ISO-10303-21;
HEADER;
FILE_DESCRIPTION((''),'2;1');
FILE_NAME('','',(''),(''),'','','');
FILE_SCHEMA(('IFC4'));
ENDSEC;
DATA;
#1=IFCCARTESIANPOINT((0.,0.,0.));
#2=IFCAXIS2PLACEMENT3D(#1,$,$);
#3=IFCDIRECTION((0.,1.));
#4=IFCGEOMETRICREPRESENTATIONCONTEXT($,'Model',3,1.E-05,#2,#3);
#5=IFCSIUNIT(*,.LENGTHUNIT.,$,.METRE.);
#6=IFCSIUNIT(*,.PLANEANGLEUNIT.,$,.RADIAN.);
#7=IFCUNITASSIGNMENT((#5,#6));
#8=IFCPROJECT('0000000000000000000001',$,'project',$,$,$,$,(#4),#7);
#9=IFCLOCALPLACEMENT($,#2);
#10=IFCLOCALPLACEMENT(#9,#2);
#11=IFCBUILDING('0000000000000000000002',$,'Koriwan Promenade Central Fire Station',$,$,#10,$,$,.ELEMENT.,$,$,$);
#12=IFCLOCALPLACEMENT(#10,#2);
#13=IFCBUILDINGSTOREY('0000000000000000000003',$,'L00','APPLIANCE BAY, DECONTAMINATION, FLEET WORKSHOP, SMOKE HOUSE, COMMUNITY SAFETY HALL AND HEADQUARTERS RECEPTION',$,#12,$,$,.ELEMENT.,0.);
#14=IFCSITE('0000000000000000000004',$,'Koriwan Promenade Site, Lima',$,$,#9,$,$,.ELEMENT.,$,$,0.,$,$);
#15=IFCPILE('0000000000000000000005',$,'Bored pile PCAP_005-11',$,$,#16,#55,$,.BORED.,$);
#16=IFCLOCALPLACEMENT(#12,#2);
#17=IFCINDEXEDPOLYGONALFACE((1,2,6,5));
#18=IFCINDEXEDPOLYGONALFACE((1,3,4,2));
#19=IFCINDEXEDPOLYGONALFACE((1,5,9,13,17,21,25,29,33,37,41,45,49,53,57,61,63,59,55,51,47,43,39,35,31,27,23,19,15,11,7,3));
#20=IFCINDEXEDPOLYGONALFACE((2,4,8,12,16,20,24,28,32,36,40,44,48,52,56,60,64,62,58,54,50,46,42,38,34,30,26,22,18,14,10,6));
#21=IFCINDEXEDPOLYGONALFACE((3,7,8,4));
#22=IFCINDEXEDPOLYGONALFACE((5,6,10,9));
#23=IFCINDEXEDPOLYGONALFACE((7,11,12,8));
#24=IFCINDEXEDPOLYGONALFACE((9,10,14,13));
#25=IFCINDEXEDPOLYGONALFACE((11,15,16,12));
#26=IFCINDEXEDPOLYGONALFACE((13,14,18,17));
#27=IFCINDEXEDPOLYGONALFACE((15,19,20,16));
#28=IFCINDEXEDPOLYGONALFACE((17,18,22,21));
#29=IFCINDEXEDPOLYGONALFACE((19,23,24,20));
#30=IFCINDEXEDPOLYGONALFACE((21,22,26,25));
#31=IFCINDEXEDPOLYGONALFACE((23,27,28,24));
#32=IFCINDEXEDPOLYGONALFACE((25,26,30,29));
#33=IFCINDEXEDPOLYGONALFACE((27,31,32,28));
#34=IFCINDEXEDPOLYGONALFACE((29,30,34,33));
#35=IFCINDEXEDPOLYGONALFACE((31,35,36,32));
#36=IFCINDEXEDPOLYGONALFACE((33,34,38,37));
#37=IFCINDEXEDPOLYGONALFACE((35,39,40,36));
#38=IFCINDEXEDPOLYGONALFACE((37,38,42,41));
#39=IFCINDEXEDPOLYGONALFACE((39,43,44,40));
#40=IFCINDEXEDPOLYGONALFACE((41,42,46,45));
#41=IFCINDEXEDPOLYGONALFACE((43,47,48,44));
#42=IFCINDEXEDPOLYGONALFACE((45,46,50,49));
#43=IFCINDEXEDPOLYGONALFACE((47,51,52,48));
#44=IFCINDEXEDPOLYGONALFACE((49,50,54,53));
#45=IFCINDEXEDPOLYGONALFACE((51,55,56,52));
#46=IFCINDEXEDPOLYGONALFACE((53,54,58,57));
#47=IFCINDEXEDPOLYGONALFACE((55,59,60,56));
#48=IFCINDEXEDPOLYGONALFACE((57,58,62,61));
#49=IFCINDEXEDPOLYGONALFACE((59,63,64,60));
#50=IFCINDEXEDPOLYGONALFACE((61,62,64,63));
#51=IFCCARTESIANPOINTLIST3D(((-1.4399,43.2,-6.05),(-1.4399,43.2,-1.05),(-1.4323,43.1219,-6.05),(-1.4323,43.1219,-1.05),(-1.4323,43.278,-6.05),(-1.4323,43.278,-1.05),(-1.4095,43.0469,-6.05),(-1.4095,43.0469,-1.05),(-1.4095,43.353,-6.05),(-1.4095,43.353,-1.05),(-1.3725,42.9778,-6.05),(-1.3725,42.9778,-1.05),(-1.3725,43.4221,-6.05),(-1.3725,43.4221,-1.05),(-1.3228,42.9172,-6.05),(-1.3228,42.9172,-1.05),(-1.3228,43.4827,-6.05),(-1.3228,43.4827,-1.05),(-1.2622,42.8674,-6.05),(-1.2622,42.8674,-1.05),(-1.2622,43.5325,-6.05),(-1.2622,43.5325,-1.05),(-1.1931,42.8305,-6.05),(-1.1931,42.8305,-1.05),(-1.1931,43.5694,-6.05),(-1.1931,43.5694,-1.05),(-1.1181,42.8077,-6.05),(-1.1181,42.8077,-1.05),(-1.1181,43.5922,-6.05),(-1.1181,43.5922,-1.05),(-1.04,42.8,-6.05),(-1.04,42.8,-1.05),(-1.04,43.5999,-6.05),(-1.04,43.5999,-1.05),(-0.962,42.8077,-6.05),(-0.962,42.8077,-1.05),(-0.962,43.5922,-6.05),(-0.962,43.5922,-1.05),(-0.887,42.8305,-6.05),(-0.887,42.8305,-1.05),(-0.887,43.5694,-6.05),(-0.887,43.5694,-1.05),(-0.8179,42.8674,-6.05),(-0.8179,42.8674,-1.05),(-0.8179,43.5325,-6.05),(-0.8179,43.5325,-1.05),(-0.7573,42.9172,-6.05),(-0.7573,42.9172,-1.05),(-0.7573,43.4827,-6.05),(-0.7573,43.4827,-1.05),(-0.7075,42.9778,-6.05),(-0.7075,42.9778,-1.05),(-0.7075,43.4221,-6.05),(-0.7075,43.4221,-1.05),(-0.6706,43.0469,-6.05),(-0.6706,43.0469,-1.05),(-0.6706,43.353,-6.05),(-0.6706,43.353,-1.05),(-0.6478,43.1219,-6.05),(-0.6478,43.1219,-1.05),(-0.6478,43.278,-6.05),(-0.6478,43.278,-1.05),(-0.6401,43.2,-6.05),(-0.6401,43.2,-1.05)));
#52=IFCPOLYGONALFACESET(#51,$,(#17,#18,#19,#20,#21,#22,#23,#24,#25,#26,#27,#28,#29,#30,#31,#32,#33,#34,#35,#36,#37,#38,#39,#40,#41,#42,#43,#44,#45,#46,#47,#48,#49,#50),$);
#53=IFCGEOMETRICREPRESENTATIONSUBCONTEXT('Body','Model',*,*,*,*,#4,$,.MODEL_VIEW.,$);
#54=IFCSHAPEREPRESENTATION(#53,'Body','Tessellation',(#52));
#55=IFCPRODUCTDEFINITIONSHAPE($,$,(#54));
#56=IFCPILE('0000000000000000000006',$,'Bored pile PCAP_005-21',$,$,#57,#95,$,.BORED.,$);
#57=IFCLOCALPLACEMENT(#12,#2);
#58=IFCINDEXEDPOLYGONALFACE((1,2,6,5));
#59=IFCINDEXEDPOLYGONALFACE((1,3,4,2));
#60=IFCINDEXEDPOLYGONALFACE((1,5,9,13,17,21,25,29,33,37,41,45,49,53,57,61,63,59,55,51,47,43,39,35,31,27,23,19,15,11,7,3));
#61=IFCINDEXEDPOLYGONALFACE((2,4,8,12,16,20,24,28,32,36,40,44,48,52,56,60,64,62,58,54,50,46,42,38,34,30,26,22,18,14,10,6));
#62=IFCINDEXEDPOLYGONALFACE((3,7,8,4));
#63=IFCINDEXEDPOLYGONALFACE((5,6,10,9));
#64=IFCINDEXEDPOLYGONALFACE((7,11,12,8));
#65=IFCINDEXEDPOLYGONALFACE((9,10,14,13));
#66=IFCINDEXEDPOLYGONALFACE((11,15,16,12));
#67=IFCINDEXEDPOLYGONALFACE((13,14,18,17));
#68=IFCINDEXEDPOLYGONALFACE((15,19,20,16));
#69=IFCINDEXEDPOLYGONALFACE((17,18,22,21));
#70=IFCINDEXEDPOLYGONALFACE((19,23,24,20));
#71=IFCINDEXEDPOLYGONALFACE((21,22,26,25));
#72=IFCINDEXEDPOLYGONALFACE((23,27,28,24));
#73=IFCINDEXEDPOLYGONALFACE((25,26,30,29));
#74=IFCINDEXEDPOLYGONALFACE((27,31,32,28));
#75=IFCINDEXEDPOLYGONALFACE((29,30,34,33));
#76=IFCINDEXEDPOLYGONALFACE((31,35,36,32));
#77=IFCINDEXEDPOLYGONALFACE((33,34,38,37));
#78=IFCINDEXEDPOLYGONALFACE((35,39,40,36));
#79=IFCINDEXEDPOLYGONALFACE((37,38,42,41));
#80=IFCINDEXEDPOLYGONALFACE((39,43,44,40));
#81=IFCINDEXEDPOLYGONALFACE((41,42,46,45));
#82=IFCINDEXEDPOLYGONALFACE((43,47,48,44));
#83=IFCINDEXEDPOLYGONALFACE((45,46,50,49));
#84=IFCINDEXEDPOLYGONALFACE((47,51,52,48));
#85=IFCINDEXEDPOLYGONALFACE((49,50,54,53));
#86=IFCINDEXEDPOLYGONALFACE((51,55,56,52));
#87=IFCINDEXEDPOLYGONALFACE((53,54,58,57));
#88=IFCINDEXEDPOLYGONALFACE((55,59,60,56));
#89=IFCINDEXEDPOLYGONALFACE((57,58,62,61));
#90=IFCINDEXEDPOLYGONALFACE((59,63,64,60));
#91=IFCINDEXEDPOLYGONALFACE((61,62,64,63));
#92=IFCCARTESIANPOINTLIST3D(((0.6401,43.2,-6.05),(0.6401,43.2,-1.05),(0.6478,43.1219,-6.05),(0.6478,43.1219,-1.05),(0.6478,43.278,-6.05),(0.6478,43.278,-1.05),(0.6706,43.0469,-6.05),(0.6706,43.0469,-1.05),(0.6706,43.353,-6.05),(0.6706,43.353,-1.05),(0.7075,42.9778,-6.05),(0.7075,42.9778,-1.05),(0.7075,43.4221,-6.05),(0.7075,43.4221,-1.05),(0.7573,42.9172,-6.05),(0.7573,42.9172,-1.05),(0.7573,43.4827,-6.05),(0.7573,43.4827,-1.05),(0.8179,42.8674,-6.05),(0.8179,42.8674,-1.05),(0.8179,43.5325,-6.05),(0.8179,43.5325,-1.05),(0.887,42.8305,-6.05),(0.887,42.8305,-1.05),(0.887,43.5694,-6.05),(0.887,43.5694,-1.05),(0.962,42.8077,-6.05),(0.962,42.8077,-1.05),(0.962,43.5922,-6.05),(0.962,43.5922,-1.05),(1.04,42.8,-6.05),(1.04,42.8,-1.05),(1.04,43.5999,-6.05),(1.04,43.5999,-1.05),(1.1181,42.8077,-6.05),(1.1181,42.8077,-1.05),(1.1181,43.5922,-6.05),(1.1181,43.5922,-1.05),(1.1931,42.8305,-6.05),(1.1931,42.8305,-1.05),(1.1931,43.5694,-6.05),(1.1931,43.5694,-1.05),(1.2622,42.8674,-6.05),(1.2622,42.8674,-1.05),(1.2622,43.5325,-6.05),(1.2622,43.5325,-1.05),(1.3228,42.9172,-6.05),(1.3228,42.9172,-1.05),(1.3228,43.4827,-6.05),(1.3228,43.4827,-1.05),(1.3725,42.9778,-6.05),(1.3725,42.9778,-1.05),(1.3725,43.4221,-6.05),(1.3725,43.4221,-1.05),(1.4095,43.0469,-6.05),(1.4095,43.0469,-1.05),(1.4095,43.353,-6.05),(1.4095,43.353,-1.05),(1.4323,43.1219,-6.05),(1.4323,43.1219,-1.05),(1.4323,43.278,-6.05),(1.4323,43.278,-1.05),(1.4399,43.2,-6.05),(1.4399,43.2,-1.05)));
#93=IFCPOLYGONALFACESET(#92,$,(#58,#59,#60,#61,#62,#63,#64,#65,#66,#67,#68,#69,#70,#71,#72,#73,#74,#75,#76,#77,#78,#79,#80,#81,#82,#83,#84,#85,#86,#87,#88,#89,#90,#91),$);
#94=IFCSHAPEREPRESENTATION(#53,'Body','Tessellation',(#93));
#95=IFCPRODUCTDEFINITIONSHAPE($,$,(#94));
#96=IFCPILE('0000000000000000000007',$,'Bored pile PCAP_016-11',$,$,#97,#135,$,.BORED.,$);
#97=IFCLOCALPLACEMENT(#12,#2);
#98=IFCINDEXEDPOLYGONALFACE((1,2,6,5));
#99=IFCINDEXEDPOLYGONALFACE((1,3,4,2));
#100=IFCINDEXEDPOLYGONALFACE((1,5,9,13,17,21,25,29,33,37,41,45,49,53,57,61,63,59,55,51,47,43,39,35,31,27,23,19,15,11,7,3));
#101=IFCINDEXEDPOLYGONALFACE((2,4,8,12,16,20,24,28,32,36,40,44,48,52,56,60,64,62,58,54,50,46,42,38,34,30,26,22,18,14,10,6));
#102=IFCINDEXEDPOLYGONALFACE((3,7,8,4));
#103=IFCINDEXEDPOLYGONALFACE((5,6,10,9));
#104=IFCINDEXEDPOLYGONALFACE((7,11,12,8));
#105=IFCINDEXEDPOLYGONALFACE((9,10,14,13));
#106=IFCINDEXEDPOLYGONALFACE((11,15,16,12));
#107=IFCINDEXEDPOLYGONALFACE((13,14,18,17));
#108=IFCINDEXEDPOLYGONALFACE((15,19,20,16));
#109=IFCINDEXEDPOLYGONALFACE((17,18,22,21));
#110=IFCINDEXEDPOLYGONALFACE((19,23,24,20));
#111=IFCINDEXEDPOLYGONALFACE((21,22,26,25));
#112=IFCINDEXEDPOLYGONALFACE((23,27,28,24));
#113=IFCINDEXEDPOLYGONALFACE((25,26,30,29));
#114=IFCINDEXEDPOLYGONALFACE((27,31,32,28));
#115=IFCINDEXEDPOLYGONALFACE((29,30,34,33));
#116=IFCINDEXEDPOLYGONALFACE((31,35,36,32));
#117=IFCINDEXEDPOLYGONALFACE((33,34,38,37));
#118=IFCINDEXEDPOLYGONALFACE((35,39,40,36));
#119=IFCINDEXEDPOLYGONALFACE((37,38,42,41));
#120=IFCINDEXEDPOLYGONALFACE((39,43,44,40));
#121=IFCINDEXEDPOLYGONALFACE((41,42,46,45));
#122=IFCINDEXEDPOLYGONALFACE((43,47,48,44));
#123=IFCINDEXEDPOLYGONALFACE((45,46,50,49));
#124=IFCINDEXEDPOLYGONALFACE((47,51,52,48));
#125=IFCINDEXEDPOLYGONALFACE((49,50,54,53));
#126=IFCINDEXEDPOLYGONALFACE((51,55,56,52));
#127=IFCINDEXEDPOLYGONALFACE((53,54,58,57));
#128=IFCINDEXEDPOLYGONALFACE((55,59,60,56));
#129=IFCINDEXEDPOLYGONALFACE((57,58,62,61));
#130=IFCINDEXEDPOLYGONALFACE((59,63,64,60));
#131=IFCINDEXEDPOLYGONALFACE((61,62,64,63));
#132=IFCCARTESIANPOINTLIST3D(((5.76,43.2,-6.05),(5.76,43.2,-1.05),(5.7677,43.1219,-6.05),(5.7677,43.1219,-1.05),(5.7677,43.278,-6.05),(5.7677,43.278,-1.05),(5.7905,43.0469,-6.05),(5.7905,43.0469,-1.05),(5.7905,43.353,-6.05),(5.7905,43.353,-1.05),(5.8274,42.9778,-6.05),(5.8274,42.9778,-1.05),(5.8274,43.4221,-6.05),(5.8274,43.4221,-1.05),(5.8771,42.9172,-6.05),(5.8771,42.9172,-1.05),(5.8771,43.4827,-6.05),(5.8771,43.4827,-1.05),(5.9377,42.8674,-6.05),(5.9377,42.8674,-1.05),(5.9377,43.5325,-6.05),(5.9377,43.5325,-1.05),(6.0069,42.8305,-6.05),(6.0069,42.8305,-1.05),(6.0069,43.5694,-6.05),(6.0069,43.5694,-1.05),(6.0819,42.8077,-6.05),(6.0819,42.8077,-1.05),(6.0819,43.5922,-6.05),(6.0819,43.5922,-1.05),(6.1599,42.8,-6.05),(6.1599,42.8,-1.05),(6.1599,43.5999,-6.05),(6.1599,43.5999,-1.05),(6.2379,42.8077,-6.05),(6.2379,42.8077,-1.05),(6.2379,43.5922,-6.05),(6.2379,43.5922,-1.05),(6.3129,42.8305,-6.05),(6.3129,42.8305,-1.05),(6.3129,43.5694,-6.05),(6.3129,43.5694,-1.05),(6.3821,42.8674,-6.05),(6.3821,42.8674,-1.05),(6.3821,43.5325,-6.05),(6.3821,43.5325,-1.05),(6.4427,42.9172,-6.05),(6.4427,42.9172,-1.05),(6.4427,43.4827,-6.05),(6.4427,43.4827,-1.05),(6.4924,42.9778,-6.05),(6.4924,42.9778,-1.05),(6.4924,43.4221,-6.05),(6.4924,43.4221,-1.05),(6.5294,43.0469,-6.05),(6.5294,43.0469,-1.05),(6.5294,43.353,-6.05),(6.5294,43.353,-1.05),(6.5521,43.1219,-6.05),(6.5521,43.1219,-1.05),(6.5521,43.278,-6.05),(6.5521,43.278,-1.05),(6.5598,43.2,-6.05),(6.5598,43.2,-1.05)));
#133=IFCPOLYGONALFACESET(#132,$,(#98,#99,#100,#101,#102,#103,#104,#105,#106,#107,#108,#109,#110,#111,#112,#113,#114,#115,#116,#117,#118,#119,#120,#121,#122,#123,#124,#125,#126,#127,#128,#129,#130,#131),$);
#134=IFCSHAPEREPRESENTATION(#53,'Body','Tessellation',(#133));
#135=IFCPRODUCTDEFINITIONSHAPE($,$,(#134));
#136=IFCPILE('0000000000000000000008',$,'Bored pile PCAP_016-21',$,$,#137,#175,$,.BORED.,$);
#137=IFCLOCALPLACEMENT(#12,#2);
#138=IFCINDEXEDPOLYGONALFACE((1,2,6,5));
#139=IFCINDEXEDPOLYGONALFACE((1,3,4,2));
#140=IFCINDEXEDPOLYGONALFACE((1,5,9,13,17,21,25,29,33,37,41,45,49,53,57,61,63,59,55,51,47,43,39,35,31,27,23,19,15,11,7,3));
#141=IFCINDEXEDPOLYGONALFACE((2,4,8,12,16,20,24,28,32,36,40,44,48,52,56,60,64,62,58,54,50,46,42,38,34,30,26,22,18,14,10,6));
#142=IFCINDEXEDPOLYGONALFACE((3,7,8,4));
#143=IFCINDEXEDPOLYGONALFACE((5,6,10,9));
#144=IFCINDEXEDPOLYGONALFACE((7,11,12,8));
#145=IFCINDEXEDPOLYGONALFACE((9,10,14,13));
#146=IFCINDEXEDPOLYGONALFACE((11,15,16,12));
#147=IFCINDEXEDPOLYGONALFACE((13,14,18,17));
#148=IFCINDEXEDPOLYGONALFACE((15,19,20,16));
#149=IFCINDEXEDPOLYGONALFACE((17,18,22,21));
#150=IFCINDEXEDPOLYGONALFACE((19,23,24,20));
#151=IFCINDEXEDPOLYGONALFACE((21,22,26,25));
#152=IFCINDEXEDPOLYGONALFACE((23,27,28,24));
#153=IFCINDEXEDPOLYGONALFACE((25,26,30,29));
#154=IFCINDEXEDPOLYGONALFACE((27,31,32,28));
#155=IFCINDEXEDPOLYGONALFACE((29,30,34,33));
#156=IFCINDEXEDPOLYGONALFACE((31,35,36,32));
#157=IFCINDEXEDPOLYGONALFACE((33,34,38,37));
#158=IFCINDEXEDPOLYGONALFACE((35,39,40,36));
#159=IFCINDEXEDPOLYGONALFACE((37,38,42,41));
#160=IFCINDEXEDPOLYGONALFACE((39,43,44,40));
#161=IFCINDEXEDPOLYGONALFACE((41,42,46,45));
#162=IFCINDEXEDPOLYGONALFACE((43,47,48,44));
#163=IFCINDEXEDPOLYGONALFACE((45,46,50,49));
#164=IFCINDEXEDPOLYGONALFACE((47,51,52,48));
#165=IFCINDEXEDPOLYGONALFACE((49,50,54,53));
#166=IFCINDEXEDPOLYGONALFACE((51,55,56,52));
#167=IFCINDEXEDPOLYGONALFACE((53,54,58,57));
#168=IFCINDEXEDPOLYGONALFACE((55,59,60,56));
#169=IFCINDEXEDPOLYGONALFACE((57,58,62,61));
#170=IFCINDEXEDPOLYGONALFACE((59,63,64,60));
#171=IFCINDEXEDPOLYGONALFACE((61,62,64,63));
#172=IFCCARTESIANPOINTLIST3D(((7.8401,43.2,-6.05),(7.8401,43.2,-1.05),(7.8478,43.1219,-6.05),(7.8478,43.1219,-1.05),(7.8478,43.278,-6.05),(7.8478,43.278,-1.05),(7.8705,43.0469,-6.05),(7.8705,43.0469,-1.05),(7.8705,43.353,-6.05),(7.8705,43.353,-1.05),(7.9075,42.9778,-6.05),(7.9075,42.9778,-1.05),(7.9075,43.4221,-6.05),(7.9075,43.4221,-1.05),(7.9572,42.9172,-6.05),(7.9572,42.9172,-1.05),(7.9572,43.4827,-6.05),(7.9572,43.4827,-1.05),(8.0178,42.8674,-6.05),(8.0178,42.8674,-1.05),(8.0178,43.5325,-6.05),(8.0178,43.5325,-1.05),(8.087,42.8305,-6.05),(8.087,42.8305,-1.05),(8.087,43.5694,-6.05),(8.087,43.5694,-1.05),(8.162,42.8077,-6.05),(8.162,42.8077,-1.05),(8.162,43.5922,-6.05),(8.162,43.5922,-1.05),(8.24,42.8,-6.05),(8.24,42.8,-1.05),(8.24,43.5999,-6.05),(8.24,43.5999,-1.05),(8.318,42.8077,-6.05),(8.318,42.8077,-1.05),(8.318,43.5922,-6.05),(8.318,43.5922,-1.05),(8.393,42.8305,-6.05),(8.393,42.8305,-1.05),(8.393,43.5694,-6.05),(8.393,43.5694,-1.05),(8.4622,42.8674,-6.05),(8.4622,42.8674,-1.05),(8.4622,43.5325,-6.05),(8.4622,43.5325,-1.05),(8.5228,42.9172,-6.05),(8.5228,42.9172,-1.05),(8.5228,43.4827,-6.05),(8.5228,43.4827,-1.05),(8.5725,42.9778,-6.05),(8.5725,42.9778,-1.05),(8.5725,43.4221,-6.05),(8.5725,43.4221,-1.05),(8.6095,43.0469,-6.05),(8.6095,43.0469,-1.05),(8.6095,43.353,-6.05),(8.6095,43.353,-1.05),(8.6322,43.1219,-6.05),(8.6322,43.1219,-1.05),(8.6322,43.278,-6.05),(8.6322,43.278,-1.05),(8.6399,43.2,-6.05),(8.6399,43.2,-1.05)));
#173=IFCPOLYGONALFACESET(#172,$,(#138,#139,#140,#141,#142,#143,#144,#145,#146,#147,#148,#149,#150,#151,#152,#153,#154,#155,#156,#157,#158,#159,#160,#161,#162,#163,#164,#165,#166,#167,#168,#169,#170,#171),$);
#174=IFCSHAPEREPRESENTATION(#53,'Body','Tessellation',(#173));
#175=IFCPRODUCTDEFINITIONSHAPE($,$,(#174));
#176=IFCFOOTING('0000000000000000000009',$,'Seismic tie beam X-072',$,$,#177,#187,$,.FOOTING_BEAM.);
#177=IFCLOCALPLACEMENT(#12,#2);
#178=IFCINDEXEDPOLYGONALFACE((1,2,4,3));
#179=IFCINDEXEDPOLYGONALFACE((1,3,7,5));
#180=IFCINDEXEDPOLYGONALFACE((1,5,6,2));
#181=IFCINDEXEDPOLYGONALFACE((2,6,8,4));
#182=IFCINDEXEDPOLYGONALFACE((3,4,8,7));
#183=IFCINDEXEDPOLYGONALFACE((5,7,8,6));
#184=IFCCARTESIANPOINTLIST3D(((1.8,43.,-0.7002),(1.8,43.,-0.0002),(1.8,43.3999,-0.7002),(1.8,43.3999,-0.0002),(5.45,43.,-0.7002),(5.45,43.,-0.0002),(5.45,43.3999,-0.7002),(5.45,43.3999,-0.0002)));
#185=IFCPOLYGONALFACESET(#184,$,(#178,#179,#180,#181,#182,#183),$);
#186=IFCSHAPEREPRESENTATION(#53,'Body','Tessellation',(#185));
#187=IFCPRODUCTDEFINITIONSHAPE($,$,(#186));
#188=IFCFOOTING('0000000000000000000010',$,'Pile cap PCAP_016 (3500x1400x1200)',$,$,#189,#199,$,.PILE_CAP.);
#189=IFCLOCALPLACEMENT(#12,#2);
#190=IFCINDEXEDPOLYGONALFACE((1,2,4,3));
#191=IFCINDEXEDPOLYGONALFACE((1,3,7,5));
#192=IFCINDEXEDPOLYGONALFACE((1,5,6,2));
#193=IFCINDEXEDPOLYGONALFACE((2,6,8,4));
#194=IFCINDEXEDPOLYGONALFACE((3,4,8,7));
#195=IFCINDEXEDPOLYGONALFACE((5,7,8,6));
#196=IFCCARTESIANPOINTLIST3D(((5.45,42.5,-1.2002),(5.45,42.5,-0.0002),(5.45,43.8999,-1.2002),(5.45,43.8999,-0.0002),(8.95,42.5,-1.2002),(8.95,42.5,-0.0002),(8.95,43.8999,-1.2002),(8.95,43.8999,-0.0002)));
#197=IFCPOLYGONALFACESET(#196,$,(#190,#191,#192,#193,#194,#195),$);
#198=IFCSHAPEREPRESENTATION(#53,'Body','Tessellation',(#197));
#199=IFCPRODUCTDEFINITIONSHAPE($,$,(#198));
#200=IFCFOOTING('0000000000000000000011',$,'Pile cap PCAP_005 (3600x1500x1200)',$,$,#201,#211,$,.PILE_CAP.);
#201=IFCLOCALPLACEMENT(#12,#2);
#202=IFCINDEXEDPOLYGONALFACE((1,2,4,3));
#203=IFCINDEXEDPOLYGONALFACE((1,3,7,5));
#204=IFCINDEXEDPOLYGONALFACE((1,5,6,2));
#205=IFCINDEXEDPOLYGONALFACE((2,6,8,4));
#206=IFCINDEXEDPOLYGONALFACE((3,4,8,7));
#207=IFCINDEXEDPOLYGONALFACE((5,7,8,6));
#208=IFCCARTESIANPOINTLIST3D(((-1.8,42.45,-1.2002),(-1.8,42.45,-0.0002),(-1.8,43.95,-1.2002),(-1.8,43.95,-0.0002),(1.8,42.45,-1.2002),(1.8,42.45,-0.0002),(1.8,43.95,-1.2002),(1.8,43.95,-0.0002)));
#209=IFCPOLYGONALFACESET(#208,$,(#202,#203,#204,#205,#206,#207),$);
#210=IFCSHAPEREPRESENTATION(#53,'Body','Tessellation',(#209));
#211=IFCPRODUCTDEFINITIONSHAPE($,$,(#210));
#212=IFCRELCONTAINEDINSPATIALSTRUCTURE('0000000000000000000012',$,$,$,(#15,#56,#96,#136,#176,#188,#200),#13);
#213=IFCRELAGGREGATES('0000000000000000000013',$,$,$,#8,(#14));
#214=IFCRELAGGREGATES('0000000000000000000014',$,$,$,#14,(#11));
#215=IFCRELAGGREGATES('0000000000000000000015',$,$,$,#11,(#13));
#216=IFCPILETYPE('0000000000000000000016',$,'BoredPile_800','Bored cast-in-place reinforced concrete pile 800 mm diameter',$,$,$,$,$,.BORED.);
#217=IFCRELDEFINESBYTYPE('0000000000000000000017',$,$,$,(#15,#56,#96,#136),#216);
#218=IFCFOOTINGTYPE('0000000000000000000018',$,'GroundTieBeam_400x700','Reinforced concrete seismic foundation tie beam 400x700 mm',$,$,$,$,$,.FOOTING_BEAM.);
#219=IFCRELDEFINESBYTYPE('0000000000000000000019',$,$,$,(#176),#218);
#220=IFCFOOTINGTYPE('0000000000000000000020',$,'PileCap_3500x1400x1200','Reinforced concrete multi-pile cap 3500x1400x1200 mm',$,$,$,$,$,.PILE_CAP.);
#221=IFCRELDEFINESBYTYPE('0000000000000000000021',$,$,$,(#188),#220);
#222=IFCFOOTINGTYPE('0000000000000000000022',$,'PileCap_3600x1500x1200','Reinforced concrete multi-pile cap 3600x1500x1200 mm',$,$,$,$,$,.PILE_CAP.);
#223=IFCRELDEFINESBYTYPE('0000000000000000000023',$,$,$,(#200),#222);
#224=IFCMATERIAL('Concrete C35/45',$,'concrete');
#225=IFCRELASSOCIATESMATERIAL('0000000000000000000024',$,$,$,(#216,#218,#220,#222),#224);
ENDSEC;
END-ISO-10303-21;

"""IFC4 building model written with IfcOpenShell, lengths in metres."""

from ifc_helpers import new_model, si_unit, direction, frame, origin, origin_2d, place, context, subcontext, project, spatial, rectangle, circle, extrude, material, material_profile, profile_set, type_object, element, save


model = new_model("IFC4")

# Units and contexts
model_context = context("Model", 3, precision=1e-05, world=origin(), true_north=direction((0.0, 1.0)))
body_context = subcontext(model_context, "Body", "Model", "MODEL_VIEW")
ifc_project = project(units=[si_unit("LENGTHUNIT", "METRE"), si_unit("PLANEANGLEUNIT", "RADIAN")], contexts=[model_context])

# Site, building, storey
site_placement = place(None, origin())
site = spatial("IfcSite", under=ifc_project, at=site_placement, Name="Koriwan Promenade Site, Lima", CompositionType="ELEMENT", RefElevation=0.0)
building_placement = place(site_placement, origin())
building = spatial("IfcBuilding", under=site, at=building_placement, Name="Koriwan Promenade Central Fire Station", CompositionType="ELEMENT")
storey_placement = place(building_placement, origin())
storey = spatial("IfcBuildingStorey", under=building, at=storey_placement, Name="L00", Description="APPLIANCE BAY, DECONTAMINATION, FLEET WORKSHOP, SMOKE HOUSE, COMMUNITY SAFETY HALL AND HEADQUARTERS RECEPTION", CompositionType="ELEMENT", Elevation=0.0)

# Piles
ifc_material_1 = material(Name="Concrete C35/45", Category="concrete")
ifc_material_profile_1 = material_profile(ifc_material_1, circle(Radius=0.3999, at=origin_2d()), Name="PILE-D800")
ifc_profile_set_1 = profile_set([ifc_material_profile_1], Name="Concrete C35/45")
pile_type_1 = type_object("IfcPileType", Name="BoredPile_800", Description="Bored cast-in-place reinforced concrete pile 800 mm diameter", PredefinedType="BORED", material=ifc_profile_set_1)
for number, where, z_axis, x_axis, name in (
    (1, (-1.04, 43.2, -1.05), (0.0, 0.0, -1.0), (1.0, 0.0, 0.0), "Bored pile PCAP_005-11"),
    (2, (1.04, 43.2, -1.05), (0.0, 0.0, -1.0), (1.0, 0.0, 0.0), "Bored pile PCAP_005-21"),
    (3, (6.1599, 43.2, -1.05), (0.0, 0.0, -1.0), (1.0, 0.0, 0.0), "Bored pile PCAP_016-11"),
    (4, (8.24, 43.2, -1.05), (0.0, 0.0, -1.0), (1.0, 0.0, 0.0), "Bored pile PCAP_016-21"),
):
    element("IfcPile", number, at=place(storey_placement, frame(where, z_axis=z_axis, x_axis=x_axis)), inside=storey, type_object=pile_type_1, Name=name, PredefinedType="BORED", context=body_context, shape_type="SweptSolid", body=[
        extrude(circle(Radius=0.3999, at=origin_2d()), origin(), (0.0, 0.0, 1.0), 5.0),
    ])

# Footings
footing_type_1 = type_object("IfcFootingType", Name="GroundTieBeam_400x700", Description="Reinforced concrete seismic foundation tie beam 400x700 mm", PredefinedType="FOOTING_BEAM", material=ifc_material_1)
footing_1_placement = place(storey_placement, frame((3.625, 43.2, -0.7002), z_axis=(0.0, 0.0, 1.0), x_axis=(1.0, 0.0, 0.0)))
element("IfcFooting", 5, at=footing_1_placement, inside=storey, type_object=footing_type_1, Name="Seismic tie beam X-072", PredefinedType="FOOTING_BEAM", context=body_context, shape_type="SweptSolid", body=[
    extrude(rectangle(XDim=3.6499, YDim=0.3999, at=origin_2d()), origin(), (0.0, 0.0, 1.0), 0.7),
])
footing_type_2 = type_object("IfcFootingType", Name="PileCap_3500x1400x1200", Description="Reinforced concrete multi-pile cap 3500x1400x1200 mm", PredefinedType="PILE_CAP", material=ifc_material_1)
footing_2_placement = place(storey_placement, frame((7.2, 43.2, -1.2002), z_axis=(0.0, 0.0, 1.0), x_axis=(1.0, 0.0, 0.0)))
element("IfcFooting", 6, at=footing_2_placement, inside=storey, type_object=footing_type_2, Name="Pile cap PCAP_016 (3500x1400x1200)", PredefinedType="PILE_CAP", context=body_context, shape_type="SweptSolid", body=[
    extrude(rectangle(XDim=3.5, YDim=1.3999, at=origin_2d()), origin(), (0.0, 0.0, 1.0), 1.2),
])
footing_type_3 = type_object("IfcFootingType", Name="PileCap_3600x1500x1200", Description="Reinforced concrete multi-pile cap 3600x1500x1200 mm", PredefinedType="PILE_CAP", material=ifc_material_1)
footing_3_placement = place(storey_placement, frame((0.0, 43.2, -1.2002), z_axis=(0.0, 0.0, 1.0), x_axis=(1.0, 0.0, 0.0)))
element("IfcFooting", 7, at=footing_3_placement, inside=storey, type_object=footing_type_3, Name="Pile cap PCAP_005 (3600x1500x1200)", PredefinedType="PILE_CAP", context=body_context, shape_type="SweptSolid", body=[
    extrude(rectangle(XDim=3.6001, YDim=1.5, at=origin_2d()), origin(), (0.0, 0.0, 1.0), 1.2),
])

save(model, "model.ifc")
